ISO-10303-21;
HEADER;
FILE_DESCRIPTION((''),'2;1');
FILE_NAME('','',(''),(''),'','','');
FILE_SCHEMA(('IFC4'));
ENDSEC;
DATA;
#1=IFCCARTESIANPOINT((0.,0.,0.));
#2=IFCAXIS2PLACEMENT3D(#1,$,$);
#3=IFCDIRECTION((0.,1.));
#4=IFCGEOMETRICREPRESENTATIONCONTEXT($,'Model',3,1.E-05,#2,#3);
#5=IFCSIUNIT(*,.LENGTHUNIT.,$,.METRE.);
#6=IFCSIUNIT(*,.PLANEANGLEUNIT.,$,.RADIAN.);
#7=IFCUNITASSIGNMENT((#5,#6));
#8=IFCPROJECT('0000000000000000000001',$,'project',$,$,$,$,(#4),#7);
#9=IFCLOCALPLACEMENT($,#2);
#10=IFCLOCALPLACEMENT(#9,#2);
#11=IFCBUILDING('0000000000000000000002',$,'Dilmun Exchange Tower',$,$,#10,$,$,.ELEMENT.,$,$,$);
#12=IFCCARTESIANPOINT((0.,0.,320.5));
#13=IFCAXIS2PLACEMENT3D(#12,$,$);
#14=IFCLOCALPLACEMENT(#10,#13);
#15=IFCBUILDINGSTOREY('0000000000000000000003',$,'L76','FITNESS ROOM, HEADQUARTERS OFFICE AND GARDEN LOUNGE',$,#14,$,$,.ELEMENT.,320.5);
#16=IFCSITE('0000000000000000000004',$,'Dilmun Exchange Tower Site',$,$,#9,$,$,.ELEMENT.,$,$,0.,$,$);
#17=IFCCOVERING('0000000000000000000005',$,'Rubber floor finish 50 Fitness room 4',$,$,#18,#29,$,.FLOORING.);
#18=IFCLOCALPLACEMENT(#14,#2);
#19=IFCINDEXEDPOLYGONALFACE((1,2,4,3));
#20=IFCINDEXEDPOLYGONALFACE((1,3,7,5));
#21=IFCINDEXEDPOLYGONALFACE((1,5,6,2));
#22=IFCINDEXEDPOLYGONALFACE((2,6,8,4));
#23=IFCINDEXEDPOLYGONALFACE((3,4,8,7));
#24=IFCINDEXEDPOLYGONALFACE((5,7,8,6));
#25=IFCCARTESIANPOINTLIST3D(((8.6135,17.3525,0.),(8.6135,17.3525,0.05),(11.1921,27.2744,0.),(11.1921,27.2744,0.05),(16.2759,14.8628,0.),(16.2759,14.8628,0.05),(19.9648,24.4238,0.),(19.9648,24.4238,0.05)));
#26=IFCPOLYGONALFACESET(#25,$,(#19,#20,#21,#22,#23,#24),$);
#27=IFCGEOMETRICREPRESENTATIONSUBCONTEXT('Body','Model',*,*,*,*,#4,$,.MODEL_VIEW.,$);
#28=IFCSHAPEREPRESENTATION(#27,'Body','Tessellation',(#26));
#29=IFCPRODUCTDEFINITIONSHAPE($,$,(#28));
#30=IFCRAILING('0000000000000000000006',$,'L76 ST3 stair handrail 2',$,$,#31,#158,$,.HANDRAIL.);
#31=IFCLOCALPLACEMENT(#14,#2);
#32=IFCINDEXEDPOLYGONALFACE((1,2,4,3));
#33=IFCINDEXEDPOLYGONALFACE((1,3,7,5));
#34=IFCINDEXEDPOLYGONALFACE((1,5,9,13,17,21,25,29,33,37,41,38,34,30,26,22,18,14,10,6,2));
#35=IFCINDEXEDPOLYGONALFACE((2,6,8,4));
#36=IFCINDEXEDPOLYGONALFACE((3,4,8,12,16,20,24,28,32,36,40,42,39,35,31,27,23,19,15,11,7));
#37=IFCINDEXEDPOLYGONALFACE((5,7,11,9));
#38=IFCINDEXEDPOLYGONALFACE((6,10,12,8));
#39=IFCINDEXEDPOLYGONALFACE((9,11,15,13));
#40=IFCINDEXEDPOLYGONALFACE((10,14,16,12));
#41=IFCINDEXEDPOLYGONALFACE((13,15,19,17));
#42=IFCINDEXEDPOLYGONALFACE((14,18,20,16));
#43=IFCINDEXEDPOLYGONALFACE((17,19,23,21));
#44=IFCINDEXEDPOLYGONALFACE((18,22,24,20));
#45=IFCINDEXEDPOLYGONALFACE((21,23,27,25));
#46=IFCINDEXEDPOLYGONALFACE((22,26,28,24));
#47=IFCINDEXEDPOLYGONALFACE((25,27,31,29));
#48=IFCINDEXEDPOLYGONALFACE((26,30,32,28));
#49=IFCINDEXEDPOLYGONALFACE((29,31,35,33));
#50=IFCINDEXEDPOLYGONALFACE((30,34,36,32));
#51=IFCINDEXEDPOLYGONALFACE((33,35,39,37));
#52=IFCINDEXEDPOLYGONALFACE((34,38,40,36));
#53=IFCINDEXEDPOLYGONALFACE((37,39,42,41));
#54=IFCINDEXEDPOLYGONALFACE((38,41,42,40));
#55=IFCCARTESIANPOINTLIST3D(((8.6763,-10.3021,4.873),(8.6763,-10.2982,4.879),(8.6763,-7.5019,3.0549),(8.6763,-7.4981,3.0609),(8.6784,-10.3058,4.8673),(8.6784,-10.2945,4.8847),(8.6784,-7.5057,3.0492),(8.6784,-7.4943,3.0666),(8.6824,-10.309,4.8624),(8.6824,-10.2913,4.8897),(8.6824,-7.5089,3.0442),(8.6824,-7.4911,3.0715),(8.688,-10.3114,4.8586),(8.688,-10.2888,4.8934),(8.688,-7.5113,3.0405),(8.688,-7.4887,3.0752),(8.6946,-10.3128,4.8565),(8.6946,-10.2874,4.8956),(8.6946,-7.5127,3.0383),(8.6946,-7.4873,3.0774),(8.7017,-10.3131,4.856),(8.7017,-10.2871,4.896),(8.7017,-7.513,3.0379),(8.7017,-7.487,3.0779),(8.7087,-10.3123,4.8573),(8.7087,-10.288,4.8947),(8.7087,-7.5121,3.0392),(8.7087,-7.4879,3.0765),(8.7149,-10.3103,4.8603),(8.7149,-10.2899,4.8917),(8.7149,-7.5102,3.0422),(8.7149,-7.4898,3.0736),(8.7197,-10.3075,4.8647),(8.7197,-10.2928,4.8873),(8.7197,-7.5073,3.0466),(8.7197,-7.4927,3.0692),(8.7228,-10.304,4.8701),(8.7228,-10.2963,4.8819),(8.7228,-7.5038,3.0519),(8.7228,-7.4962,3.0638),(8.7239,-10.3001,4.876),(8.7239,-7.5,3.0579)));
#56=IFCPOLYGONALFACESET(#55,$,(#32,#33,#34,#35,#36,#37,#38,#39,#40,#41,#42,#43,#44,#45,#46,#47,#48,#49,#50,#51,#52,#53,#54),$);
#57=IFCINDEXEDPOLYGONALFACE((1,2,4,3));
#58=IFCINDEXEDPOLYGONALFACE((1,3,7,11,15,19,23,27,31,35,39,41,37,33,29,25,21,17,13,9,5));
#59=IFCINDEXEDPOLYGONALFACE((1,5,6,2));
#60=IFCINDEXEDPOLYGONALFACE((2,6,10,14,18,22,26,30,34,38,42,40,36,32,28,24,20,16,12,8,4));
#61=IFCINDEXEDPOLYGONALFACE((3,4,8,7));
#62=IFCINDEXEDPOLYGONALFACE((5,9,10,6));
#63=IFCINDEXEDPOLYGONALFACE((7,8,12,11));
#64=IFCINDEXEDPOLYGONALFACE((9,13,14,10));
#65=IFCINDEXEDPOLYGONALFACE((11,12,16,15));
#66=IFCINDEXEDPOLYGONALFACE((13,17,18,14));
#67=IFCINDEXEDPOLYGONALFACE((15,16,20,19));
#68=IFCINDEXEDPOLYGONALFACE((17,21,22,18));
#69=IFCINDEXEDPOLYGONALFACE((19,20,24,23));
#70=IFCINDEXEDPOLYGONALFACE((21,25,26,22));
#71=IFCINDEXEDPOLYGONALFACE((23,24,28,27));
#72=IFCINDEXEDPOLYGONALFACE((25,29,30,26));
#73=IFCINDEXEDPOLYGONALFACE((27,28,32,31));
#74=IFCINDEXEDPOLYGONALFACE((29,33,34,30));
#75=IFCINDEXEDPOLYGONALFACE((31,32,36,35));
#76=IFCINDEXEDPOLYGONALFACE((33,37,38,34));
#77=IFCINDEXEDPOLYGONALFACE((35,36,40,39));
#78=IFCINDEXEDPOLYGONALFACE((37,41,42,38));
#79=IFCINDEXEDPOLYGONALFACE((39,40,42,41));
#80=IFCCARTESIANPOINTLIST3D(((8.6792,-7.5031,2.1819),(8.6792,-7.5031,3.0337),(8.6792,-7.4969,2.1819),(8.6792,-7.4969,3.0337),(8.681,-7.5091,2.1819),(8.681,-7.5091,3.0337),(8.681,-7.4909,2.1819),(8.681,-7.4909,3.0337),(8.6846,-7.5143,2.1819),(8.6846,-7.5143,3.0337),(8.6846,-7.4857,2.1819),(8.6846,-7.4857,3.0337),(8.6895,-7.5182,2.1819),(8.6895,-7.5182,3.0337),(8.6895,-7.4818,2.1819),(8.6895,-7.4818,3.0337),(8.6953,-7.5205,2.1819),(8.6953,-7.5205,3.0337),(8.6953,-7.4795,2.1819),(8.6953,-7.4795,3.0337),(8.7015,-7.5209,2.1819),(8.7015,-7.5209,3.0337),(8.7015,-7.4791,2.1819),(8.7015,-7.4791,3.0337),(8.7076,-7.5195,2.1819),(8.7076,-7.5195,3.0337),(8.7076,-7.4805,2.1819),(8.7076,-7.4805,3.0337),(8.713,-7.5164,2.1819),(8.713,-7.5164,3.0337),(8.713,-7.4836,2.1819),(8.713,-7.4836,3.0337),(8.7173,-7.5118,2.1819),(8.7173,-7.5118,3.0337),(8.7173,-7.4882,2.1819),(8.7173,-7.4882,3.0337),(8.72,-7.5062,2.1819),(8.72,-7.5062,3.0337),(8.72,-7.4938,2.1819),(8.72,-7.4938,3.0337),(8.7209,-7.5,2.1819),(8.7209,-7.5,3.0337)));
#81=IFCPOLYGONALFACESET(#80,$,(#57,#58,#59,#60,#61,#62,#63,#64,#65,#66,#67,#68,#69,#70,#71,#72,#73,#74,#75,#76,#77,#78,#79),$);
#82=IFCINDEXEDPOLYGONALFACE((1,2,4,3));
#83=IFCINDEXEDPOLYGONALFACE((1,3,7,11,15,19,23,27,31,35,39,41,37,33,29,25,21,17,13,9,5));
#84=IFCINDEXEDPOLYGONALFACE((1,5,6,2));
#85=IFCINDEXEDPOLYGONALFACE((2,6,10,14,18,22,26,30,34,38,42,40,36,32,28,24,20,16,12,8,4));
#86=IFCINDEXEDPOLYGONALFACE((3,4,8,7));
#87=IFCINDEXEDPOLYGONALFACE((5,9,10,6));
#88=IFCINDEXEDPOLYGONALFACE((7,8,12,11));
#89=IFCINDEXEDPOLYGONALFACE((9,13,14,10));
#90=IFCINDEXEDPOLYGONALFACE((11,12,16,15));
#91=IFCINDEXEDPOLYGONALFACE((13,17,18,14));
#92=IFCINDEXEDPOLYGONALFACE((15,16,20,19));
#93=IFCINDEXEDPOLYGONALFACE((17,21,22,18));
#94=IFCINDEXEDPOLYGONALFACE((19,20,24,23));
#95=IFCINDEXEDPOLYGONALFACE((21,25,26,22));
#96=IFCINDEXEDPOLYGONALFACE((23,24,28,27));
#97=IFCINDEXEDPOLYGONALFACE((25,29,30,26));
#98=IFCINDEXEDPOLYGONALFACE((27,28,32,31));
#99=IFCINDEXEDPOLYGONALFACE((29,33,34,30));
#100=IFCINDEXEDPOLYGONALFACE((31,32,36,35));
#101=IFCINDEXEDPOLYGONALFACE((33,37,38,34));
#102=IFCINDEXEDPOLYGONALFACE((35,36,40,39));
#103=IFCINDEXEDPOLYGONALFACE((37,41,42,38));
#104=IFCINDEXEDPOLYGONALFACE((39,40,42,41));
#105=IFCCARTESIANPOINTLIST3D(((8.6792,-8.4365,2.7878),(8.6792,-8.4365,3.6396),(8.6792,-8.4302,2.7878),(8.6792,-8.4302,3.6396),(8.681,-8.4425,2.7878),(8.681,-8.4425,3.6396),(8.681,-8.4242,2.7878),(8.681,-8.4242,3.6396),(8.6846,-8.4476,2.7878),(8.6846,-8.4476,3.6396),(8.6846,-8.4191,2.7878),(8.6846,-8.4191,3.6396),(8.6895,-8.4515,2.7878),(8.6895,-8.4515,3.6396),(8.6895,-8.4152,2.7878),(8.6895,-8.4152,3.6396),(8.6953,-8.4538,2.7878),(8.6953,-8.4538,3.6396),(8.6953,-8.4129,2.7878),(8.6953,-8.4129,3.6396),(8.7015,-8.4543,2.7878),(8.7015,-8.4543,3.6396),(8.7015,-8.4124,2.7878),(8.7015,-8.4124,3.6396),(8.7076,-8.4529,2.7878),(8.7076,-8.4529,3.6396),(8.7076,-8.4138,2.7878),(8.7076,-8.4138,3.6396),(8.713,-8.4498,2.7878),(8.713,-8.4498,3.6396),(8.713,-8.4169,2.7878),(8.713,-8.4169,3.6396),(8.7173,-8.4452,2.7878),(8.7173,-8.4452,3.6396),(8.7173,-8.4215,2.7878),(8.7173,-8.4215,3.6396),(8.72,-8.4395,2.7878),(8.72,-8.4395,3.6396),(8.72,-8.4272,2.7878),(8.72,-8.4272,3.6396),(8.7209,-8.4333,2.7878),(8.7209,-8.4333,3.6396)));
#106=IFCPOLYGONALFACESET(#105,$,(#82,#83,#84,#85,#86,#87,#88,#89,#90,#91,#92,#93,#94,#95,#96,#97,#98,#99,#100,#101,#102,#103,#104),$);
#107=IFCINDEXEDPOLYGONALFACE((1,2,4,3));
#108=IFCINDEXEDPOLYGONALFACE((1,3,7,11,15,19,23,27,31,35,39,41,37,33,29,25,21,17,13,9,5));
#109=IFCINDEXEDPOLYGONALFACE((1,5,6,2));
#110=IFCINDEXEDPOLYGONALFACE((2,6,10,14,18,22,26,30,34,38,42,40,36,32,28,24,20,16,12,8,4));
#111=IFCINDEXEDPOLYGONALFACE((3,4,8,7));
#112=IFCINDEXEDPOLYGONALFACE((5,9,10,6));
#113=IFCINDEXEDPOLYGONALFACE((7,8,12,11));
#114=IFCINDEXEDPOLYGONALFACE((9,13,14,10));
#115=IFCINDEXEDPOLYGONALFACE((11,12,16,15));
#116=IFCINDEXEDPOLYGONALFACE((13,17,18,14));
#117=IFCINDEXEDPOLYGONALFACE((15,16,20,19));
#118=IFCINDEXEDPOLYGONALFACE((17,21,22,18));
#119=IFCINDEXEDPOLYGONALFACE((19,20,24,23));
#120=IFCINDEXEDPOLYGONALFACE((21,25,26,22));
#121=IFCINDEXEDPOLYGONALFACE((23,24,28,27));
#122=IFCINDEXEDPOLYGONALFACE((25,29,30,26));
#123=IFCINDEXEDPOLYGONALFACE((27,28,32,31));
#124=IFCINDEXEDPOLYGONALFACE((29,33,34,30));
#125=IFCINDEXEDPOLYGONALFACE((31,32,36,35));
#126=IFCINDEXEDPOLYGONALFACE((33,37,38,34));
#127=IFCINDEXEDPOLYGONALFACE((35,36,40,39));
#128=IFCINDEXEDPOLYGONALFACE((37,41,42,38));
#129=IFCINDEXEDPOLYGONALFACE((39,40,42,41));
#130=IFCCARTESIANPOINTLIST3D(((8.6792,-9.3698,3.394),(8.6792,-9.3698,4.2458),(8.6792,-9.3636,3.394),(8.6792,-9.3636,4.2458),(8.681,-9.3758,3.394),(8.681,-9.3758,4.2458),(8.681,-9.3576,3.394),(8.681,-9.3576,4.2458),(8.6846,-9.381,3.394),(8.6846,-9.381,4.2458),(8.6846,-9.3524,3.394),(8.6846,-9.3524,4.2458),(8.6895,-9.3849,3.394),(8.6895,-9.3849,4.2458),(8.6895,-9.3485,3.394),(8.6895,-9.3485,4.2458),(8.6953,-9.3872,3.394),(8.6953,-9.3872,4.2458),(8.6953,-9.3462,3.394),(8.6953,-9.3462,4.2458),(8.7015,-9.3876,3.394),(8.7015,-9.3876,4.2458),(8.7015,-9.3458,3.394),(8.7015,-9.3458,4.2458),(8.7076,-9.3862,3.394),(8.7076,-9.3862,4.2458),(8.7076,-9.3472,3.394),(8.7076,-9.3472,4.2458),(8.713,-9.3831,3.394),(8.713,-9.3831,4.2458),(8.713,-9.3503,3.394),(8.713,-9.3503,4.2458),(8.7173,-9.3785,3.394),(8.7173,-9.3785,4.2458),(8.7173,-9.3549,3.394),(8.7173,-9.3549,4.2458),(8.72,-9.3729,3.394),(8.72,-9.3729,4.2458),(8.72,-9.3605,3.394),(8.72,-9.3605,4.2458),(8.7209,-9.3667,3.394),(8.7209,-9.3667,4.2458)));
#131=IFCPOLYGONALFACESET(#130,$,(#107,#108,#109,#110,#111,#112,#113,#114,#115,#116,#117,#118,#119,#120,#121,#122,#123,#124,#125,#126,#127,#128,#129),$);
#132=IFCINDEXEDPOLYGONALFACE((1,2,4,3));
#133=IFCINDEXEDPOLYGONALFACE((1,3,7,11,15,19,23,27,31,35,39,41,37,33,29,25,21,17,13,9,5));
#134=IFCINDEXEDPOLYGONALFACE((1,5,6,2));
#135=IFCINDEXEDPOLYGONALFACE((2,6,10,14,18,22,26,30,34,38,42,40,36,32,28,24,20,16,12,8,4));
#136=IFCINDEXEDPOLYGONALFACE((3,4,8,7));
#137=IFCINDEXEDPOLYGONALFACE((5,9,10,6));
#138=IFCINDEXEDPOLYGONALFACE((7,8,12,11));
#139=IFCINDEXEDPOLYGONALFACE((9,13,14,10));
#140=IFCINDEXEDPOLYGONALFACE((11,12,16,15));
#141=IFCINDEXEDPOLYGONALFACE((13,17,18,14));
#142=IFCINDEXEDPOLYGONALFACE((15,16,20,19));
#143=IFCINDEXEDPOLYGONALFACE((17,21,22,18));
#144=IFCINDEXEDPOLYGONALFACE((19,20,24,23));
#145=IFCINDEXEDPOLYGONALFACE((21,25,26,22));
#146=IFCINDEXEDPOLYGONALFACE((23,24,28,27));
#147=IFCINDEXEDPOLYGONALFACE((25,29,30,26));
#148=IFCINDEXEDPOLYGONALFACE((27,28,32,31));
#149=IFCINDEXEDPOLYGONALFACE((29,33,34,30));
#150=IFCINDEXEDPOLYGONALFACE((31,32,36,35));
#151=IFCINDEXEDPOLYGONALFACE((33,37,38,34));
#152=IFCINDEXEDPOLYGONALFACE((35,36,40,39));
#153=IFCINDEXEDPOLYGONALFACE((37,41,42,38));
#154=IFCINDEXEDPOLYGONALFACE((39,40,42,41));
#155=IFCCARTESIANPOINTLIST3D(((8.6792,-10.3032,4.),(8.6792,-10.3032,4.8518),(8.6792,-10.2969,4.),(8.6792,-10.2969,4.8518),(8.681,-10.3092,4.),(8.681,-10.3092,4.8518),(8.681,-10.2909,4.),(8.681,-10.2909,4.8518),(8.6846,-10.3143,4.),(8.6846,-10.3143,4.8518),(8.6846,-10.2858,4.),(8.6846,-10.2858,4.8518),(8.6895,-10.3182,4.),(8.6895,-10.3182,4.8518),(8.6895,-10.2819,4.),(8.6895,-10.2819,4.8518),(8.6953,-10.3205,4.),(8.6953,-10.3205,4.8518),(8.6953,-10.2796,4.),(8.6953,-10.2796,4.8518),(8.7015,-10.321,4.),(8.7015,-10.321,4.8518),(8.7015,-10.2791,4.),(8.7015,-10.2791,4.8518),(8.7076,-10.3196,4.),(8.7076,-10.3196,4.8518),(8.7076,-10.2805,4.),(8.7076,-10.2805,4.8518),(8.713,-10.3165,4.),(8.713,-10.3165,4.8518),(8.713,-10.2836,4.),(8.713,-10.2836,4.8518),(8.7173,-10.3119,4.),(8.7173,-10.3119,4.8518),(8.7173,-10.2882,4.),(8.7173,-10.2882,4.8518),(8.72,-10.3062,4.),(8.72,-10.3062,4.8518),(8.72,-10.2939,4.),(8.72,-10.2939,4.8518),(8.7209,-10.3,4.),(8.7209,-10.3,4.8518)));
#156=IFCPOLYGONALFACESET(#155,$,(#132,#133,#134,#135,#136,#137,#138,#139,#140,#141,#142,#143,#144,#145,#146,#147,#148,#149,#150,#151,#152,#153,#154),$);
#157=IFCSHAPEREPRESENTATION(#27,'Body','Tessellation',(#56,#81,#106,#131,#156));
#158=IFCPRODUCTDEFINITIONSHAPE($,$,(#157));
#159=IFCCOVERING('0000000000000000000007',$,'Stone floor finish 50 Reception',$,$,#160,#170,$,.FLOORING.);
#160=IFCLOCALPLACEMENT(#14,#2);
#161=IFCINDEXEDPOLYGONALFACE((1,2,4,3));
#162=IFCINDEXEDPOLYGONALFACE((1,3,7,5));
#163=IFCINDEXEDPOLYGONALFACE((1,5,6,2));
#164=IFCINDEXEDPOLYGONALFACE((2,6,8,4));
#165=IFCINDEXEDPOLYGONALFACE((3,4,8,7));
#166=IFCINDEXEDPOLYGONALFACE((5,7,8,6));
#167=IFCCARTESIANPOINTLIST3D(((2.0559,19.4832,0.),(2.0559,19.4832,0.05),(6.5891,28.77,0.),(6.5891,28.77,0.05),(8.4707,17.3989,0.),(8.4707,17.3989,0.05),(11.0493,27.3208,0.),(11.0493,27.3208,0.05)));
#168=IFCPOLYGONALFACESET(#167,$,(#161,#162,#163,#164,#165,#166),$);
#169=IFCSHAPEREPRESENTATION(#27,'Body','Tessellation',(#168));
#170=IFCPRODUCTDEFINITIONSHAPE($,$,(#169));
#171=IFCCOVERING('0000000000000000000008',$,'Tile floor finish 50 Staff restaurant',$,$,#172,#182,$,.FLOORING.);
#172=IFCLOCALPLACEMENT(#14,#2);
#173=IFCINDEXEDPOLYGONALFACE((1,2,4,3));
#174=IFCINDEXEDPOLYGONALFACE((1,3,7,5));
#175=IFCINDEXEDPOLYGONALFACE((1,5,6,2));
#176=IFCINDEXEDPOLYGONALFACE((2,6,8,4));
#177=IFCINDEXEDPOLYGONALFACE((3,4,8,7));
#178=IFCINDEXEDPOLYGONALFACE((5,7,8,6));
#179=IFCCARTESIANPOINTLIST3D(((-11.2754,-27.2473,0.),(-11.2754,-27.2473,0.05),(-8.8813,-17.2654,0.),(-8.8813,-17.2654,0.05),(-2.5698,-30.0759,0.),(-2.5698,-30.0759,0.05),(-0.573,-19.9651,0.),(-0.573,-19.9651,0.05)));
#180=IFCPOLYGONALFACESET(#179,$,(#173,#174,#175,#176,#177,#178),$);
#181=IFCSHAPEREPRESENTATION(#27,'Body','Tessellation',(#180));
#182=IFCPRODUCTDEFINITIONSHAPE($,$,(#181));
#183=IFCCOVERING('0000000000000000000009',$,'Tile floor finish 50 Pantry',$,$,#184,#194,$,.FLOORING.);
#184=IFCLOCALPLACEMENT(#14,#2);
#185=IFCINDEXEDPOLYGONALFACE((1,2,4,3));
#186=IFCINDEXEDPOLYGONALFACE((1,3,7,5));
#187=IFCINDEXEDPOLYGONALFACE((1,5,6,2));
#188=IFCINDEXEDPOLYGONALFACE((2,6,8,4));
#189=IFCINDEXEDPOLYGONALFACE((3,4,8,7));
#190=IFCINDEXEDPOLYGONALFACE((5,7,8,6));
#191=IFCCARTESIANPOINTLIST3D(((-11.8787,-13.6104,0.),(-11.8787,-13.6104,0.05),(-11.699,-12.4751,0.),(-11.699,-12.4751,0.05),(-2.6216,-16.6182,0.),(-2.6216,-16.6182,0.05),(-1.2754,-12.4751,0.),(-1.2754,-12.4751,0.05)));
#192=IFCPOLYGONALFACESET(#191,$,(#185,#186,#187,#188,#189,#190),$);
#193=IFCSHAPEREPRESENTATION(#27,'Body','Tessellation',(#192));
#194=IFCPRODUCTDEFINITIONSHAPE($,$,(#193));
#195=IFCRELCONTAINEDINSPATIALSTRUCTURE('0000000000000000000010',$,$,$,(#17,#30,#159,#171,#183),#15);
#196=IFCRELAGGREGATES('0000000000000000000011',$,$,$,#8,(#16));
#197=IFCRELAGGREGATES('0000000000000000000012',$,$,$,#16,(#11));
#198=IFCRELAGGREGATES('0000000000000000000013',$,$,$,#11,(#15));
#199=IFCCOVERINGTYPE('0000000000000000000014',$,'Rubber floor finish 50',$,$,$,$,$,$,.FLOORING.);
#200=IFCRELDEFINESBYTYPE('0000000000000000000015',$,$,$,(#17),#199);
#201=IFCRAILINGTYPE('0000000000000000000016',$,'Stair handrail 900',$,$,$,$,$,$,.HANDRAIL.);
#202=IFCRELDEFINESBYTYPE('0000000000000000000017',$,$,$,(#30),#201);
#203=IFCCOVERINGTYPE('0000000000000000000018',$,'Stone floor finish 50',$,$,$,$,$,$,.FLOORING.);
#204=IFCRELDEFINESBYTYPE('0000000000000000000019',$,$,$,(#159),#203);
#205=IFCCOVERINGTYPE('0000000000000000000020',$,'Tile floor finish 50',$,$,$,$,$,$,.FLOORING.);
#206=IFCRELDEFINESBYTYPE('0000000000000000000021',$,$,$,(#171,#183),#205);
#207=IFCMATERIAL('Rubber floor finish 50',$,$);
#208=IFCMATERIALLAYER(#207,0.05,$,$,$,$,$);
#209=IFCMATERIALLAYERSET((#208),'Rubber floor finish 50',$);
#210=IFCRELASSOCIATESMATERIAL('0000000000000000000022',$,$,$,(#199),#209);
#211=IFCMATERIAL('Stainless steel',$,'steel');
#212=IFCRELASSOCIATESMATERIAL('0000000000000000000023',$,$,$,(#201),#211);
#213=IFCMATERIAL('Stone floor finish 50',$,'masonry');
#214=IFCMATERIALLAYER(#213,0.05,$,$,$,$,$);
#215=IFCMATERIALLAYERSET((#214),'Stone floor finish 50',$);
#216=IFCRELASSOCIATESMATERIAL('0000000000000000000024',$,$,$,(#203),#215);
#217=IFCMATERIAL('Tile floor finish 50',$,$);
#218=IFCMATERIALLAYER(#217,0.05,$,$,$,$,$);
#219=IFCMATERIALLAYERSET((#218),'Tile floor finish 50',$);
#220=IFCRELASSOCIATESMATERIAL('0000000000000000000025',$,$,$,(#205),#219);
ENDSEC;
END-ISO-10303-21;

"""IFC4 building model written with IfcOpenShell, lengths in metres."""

from ifc_helpers import new_model, si_unit, direction, frame, origin, origin_2d, place, context, subcontext, project, spatial, polyline, circle, outline, extrude, material, layer, layer_set, type_object, element, save


model = new_model("IFC4")

# Units and contexts
model_context = context("Model", 3, precision=1e-05, world=origin(), true_north=direction((0.0, 1.0)))
body_context = subcontext(model_context, "Body", "Model", "MODEL_VIEW")
ifc_project = project(units=[si_unit("LENGTHUNIT", "METRE"), si_unit("PLANEANGLEUNIT", "RADIAN")], contexts=[model_context])

# Site, building, storey
site_placement = place(None, origin())
site = spatial("IfcSite", under=ifc_project, at=site_placement, Name="Dilmun Exchange Tower Site", CompositionType="ELEMENT", RefElevation=0.0)
building_placement = place(site_placement, origin())
building = spatial("IfcBuilding", under=site, at=building_placement, Name="Dilmun Exchange Tower", CompositionType="ELEMENT")
storey_placement = place(building_placement, frame((0.0, 0.0, 320.5)))
storey = spatial("IfcBuildingStorey", under=building, at=storey_placement, Name="L76", Description="FITNESS ROOM, HEADQUARTERS OFFICE AND GARDEN LOUNGE", CompositionType="ELEMENT", Elevation=320.5)

# Covering
ifc_material_1 = material(Name="Rubber floor finish 50")
ifc_layer_1 = layer(ifc_material_1, 0.05)
ifc_layer_set_1 = layer_set([ifc_layer_1], Name="Rubber floor finish 50")
covering_type_1 = type_object("IfcCoveringType", Name="Rubber floor finish 50", PredefinedType="FLOORING", material=ifc_layer_set_1)
covering_1_placement = place(storey_placement, origin())
element("IfcCovering", 1, at=covering_1_placement, inside=storey, type_object=covering_type_1, Name="Rubber floor finish 50 Fitness room 4", PredefinedType="FLOORING", context=body_context, shape_type="SweptSolid", body=[
    extrude(outline(polyline([(16.2759, 14.8628), (8.6135, 17.3525), (11.1921, 27.2744), (19.9648, 24.4238), (16.2759, 14.8628)])), origin(), (0.0, 0.0, 1.0), 0.05),
])

# Railing
ifc_material_2 = material(Name="Stainless steel", Category="steel")
railing_type = type_object("IfcRailingType", Name="Stair handrail 900", PredefinedType="HANDRAIL", material=ifc_material_2)
railing_placement = place(storey_placement, frame((8.7, -7.5, 2.1819)))
element("IfcRailing", 2, at=railing_placement, inside=storey, type_object=railing_type, Name="L76 ST3 stair handrail 2", PredefinedType="HANDRAIL", context=body_context, shape_type="SweptSolid", body=[
    extrude(circle(Radius=0.0239, at=origin_2d()), frame((0.0, 0.0, 0.876), z_axis=(0.0, -0.838706, 0.544585), x_axis=(1.0, 0.0, 0.0)), (0.0, 0.0, 1.0), 3.3386),
    extrude(circle(Radius=0.021, at=origin_2d()), origin(), (0.0, 0.0, 1.0), 0.8518),
    extrude(circle(Radius=0.021, at=origin_2d()), frame((0.0, -0.9333, 0.606)), (0.0, 0.0, 1.0), 0.8518),
    extrude(circle(Radius=0.021, at=origin_2d()), frame((0.0, -1.8667, 1.2122)), (0.0, 0.0, 1.0), 0.8518),
    extrude(circle(Radius=0.021, at=origin_2d()), frame((0.0, -2.8, 1.8181)), (0.0, 0.0, 1.0), 0.8518),
])

# Coverings
ifc_material_3 = material(Name="Stone floor finish 50", Category="masonry")
ifc_layer_2 = layer(ifc_material_3, 0.05)
ifc_layer_set_2 = layer_set([ifc_layer_2], Name="Stone floor finish 50")
covering_type_2 = type_object("IfcCoveringType", Name="Stone floor finish 50", PredefinedType="FLOORING", material=ifc_layer_set_2)
covering_2_placement = place(storey_placement, origin())
element("IfcCovering", 3, at=covering_2_placement, inside=storey, type_object=covering_type_2, Name="Stone floor finish 50 Reception", PredefinedType="FLOORING", context=body_context, shape_type="SweptSolid", body=[
    extrude(outline(polyline([(2.0559, 19.4832), (6.5891, 28.77), (11.0493, 27.3208), (8.4707, 17.3989), (2.0559, 19.4832)])), origin(), (0.0, 0.0, 1.0), 0.05),
])
ifc_material_4 = material(Name="Tile floor finish 50")
ifc_layer_3 = layer(ifc_material_4, 0.05)
ifc_layer_set_3 = layer_set([ifc_layer_3], Name="Tile floor finish 50")
covering_type_3 = type_object("IfcCoveringType", Name="Tile floor finish 50", PredefinedType="FLOORING", material=ifc_layer_set_3)
covering_3_placement = place(storey_placement, origin())
element("IfcCovering", 4, at=covering_3_placement, inside=storey, type_object=covering_type_3, Name="Tile floor finish 50 Staff restaurant", PredefinedType="FLOORING", context=body_context, shape_type="SweptSolid", body=[
    extrude(outline(polyline([(-0.573, -19.9651), (-2.5698, -30.0759), (-11.2754, -27.2473), (-8.8813, -17.2654), (-0.573, -19.9651)])), origin(), (0.0, 0.0, 1.0), 0.05),
])
covering_4_placement = place(storey_placement, origin())
element("IfcCovering", 5, at=covering_4_placement, inside=storey, type_object=covering_type_3, Name="Tile floor finish 50 Pantry", PredefinedType="FLOORING", context=body_context, shape_type="SweptSolid", body=[
    extrude(outline(polyline([(-1.2754, -12.4751), (-2.6216, -16.6182), (-11.8787, -13.6104), (-11.699, -12.4751), (-1.2754, -12.4751)])), origin(), (0.0, 0.0, 1.0), 0.05),
])

save(model, "model.ifc")
